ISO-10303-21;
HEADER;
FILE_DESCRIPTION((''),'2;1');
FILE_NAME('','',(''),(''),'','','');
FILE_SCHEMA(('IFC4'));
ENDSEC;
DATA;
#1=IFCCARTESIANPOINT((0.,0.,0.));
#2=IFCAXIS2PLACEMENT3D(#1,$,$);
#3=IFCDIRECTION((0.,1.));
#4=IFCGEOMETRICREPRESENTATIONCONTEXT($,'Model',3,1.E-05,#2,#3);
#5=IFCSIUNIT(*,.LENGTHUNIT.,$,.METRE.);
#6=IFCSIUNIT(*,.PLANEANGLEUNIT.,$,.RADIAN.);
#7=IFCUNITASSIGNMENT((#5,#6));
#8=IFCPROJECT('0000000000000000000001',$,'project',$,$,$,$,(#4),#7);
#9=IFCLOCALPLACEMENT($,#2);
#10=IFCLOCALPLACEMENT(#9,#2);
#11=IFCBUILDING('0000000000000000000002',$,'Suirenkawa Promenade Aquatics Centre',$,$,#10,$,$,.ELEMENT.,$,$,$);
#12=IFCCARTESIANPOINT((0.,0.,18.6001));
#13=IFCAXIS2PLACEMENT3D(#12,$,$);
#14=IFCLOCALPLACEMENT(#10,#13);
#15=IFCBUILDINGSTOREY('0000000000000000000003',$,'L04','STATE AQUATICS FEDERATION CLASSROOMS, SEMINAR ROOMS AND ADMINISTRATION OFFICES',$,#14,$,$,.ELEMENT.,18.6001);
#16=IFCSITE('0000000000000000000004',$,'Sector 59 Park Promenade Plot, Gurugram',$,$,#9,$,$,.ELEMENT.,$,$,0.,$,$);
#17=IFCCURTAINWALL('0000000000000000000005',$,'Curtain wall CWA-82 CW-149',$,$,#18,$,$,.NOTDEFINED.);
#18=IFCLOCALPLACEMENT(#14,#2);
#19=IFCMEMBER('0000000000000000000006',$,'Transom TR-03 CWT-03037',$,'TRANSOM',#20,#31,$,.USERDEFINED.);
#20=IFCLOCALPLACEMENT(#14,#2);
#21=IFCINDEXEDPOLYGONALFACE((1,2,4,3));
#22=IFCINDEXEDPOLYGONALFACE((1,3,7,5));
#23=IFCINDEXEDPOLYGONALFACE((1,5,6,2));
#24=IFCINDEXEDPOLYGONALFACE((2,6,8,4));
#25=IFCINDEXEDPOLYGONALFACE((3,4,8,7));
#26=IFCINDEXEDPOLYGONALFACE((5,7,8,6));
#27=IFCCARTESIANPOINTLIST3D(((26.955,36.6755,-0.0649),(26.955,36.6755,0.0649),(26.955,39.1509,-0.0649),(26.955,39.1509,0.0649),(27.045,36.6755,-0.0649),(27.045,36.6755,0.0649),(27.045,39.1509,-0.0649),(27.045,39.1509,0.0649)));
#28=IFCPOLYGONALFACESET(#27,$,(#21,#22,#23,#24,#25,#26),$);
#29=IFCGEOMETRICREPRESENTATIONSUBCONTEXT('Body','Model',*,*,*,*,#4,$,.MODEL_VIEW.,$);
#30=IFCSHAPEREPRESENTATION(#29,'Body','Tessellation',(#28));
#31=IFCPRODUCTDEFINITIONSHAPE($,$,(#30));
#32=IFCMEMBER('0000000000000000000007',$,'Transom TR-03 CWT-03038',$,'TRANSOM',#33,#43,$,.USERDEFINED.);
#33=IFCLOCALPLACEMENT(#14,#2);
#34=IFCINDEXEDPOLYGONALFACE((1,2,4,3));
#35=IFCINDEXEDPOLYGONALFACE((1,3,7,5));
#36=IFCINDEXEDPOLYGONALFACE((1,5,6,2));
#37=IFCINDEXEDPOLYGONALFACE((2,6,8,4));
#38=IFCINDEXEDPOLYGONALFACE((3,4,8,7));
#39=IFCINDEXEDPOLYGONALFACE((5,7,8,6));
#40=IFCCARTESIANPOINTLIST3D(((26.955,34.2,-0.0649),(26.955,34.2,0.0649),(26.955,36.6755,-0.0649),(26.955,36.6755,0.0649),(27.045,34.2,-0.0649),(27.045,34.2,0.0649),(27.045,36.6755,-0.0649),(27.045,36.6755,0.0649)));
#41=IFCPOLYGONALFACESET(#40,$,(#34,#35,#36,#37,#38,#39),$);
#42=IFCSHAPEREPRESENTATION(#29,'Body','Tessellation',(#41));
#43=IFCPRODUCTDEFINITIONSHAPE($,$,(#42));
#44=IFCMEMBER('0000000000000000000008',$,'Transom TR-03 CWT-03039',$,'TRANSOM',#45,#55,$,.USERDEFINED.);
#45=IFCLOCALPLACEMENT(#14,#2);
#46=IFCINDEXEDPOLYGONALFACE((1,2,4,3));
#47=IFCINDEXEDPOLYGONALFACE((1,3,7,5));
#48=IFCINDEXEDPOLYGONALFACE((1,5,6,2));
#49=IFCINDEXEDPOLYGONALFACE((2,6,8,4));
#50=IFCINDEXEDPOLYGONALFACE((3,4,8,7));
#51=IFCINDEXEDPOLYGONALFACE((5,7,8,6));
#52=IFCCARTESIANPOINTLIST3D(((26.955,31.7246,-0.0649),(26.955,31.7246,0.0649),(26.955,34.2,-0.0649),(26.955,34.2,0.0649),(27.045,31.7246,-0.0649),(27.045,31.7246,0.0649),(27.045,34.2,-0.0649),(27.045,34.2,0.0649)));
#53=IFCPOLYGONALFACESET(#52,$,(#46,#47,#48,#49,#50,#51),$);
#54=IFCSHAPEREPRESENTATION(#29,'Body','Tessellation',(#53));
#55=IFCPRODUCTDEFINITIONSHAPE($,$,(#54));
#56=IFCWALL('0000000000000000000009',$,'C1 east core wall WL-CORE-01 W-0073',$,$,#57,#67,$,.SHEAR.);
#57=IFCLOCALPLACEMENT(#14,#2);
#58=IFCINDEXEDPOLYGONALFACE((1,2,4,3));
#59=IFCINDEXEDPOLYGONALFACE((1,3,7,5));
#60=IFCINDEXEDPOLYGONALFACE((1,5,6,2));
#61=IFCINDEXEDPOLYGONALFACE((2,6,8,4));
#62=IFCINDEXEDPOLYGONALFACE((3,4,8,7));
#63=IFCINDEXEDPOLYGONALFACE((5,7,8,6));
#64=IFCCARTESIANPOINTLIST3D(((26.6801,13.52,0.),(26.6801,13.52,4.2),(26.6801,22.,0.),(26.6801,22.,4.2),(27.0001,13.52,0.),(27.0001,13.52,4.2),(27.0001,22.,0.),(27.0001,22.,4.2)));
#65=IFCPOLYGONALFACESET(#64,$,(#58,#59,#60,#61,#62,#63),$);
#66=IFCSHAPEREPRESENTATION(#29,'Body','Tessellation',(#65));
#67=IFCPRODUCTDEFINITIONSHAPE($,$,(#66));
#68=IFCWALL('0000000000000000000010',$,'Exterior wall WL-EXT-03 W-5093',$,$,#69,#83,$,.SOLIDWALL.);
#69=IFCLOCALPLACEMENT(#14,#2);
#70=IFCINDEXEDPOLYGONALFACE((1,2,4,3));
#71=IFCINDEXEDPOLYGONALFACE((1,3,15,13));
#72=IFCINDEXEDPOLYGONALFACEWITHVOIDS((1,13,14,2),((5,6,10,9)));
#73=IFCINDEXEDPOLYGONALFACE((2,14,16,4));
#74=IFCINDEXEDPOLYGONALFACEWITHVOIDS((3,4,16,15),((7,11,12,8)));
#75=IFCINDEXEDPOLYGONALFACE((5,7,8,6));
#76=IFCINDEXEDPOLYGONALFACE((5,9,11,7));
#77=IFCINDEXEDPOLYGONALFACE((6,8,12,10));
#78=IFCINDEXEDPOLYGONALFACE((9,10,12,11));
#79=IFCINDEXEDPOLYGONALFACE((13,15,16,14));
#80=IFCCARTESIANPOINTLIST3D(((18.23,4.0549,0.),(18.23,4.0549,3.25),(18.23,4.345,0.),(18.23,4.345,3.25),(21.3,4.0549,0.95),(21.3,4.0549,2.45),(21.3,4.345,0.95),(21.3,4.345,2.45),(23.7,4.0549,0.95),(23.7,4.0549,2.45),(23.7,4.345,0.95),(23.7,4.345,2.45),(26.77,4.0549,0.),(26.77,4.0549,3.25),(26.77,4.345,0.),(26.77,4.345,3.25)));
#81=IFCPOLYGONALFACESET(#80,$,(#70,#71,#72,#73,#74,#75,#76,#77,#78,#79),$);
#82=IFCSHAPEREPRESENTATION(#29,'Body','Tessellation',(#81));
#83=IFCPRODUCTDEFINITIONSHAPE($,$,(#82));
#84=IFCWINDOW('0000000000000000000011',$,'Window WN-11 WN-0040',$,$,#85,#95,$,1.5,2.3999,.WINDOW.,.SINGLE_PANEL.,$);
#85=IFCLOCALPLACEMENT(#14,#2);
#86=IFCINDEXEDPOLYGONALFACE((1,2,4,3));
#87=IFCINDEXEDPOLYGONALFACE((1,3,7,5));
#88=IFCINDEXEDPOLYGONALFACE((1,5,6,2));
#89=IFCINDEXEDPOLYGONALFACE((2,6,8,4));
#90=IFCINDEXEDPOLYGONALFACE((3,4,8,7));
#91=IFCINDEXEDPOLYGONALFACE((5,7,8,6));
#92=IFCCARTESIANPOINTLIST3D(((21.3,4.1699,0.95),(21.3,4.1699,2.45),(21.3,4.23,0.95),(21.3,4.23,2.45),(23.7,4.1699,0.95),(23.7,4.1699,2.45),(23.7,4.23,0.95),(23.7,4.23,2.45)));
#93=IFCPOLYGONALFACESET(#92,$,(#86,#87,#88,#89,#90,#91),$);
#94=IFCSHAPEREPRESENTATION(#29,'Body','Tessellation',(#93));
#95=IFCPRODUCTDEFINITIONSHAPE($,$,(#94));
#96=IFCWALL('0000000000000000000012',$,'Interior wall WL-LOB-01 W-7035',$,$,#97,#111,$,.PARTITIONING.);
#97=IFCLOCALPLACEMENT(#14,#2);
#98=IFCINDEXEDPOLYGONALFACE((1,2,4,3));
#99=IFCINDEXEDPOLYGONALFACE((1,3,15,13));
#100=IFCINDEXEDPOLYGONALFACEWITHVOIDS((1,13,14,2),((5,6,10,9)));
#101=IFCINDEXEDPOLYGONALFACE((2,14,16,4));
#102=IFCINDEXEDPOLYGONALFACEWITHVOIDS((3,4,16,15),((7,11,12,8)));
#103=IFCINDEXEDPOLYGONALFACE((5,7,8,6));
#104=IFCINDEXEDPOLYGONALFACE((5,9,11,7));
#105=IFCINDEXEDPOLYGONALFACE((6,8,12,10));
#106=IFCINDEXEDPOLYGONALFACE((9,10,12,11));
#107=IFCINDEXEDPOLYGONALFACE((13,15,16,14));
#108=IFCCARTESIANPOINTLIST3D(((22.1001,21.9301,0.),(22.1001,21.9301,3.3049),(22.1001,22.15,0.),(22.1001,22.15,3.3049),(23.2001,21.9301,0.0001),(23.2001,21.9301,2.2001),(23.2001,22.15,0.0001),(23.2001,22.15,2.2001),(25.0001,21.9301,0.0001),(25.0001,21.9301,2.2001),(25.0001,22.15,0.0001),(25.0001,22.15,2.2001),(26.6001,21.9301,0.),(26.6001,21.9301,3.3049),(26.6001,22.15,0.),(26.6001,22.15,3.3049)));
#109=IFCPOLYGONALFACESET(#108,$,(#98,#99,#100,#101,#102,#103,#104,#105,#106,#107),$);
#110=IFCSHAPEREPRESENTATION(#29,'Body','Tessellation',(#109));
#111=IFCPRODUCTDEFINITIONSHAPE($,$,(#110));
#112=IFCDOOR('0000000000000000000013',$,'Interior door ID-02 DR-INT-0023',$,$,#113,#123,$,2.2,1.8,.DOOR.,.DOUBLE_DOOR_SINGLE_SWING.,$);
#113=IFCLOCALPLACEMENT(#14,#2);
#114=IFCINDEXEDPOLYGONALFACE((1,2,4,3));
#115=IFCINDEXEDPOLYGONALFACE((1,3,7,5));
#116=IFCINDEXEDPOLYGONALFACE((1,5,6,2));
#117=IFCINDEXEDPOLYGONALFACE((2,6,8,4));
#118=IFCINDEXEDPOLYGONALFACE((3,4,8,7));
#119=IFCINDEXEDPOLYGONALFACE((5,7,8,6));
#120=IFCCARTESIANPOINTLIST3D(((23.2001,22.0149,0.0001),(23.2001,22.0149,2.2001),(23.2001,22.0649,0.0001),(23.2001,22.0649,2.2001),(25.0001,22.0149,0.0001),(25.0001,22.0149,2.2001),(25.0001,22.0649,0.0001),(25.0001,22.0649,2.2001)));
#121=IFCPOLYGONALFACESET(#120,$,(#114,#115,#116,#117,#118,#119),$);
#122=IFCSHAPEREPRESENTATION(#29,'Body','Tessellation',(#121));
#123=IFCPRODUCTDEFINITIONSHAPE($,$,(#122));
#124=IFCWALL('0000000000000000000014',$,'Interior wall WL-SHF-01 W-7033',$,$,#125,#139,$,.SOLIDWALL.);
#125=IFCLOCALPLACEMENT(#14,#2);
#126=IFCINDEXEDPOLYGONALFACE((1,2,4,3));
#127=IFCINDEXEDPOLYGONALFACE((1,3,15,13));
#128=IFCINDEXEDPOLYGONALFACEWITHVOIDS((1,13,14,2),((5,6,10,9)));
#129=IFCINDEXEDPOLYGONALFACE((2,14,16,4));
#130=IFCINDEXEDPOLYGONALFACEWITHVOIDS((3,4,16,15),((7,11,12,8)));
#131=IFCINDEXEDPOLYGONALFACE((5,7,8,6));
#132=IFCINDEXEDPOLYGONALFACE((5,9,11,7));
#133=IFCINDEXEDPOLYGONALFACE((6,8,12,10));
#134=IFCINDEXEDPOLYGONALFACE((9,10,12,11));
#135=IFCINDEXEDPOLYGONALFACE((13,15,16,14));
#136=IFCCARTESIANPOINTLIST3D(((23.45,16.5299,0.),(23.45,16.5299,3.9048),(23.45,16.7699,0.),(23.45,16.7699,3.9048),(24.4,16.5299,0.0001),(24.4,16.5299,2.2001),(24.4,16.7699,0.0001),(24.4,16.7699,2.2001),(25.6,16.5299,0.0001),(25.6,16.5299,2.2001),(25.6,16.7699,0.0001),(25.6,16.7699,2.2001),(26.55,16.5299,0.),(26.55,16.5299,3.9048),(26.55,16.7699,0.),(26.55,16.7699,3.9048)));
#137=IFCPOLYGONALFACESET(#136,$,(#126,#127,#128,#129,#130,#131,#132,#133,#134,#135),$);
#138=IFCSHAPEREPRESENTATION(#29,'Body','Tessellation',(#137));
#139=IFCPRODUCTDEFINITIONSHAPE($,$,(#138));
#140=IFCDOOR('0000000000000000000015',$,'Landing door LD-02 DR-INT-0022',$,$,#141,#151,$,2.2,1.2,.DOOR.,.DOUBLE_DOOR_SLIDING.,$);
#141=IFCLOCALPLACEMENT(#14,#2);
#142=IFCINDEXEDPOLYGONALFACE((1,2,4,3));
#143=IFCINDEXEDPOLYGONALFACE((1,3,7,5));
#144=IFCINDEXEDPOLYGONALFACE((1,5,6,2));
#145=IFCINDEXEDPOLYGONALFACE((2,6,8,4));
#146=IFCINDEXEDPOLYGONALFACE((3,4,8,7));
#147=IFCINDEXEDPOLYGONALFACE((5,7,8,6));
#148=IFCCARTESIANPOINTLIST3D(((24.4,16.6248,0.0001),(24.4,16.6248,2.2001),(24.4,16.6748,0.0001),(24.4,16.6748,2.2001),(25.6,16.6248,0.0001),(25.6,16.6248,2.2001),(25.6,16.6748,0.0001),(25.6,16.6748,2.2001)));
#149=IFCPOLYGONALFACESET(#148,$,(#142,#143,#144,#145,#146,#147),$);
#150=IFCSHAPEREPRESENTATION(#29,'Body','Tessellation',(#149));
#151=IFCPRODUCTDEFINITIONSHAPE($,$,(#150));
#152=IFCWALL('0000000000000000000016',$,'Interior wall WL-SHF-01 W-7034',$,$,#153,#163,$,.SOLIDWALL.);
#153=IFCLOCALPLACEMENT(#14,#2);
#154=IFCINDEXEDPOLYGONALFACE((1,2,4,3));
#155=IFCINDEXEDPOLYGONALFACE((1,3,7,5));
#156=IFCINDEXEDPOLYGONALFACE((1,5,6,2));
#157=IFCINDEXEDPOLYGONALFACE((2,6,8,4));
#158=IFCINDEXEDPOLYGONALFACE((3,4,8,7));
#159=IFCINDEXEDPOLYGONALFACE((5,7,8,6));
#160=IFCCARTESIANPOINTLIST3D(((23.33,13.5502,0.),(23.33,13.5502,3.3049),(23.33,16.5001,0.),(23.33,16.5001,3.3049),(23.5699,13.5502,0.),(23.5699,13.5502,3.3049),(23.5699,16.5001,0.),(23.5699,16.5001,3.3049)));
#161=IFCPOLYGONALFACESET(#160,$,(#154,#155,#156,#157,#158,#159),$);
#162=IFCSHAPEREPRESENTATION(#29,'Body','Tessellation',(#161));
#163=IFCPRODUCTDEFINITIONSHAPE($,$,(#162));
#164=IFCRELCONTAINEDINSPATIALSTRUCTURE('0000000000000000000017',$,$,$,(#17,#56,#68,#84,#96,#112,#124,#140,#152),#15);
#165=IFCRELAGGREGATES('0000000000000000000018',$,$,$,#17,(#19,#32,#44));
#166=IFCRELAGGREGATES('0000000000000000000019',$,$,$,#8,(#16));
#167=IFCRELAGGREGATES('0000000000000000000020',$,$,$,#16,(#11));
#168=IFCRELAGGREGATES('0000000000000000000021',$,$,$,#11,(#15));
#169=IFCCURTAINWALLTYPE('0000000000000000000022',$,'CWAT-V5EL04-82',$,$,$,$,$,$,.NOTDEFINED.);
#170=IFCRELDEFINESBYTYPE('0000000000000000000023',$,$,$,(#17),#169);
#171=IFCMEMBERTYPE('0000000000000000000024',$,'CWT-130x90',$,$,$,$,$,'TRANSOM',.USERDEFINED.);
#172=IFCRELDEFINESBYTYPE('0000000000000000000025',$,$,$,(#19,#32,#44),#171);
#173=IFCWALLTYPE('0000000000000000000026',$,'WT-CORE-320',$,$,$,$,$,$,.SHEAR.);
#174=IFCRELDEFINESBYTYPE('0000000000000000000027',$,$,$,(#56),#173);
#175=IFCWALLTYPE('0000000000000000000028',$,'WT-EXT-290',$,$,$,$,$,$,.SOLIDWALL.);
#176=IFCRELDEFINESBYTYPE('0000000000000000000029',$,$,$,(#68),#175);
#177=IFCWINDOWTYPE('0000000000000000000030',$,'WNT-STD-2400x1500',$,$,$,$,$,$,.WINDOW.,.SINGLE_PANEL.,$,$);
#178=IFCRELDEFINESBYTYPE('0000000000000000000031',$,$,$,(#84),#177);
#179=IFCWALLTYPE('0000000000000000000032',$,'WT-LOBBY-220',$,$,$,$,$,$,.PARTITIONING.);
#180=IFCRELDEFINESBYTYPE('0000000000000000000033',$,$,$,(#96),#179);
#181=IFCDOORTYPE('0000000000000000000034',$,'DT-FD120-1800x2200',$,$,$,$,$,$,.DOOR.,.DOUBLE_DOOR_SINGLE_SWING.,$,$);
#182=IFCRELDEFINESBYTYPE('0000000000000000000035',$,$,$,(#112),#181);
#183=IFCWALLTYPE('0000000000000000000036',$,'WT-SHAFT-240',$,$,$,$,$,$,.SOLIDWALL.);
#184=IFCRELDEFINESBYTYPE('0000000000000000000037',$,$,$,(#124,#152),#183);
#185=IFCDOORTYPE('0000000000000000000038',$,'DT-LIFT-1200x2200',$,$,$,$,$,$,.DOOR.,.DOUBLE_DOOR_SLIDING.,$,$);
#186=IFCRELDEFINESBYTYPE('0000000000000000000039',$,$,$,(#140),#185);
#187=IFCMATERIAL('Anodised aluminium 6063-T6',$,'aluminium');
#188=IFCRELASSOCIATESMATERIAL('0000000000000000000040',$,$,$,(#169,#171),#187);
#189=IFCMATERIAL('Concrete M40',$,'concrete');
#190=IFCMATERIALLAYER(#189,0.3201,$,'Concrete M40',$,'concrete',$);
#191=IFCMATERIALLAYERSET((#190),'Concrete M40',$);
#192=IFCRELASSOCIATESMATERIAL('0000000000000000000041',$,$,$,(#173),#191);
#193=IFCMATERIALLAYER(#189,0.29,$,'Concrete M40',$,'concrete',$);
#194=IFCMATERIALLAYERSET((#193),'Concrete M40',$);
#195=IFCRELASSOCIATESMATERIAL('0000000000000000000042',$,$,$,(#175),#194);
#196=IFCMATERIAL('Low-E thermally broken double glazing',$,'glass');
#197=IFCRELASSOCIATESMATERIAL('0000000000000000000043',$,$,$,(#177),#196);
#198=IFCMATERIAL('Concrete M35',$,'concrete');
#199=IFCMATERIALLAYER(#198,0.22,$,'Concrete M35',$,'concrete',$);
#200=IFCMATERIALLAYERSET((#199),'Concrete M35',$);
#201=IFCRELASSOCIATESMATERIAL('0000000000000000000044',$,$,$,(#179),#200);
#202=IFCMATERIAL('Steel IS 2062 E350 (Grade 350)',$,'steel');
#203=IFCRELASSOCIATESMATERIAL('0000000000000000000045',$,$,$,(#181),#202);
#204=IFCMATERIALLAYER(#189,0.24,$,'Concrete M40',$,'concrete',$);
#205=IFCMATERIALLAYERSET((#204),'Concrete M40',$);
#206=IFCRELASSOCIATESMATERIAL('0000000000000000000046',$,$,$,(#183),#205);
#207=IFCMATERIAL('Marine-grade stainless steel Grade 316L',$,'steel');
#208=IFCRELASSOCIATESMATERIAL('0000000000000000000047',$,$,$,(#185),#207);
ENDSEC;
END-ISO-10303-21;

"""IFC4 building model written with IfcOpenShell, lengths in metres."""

from ifc_helpers import new_model, si_unit, direction, frame, frame_2d, origin, origin_2d, place, context, subcontext, project, spatial, rectangle, extrude, material, layer, layer_set, material_profile, profile_set, type_object, element, fill, aggregate, save


model = new_model("IFC4")

# Units and contexts
model_context = context("Model", 3, precision=1e-05, world=origin(), true_north=direction((0.0, 1.0)))
body_context = subcontext(model_context, "Body", "Model", "MODEL_VIEW")
ifc_project = project(units=[si_unit("LENGTHUNIT", "METRE"), si_unit("PLANEANGLEUNIT", "RADIAN")], contexts=[model_context])

# Site, building, storey
site_placement = place(None, origin())
site = spatial("IfcSite", under=ifc_project, at=site_placement, Name="Sector 59 Park Promenade Plot, Gurugram", CompositionType="ELEMENT", RefElevation=0.0)
building_placement = place(site_placement, origin())
building = spatial("IfcBuilding", under=site, at=building_placement, Name="Suirenkawa Promenade Aquatics Centre", CompositionType="ELEMENT")
storey_placement = place(building_placement, frame((0.0, 0.0, 18.6001)))
storey = spatial("IfcBuildingStorey", under=building, at=storey_placement, Name="L04", Description="STATE AQUATICS FEDERATION CLASSROOMS, SEMINAR ROOMS AND ADMINISTRATION OFFICES", CompositionType="ELEMENT", Elevation=18.6001)

# Shared definitions
ifc_material_1 = material(Name="Concrete M40", Category="concrete")

# Curtain wall, members
ifc_material_2 = material(Name="Anodised aluminium 6063-T6", Category="aluminium")
curtain_wall_type = type_object("IfcCurtainWallType", Name="CWAT-V5EL04-82", PredefinedType="NOTDEFINED", material=ifc_material_2)
curtain_wall_placement = place(storey_placement, origin())
curtain_wall = element("IfcCurtainWall", 1, at=curtain_wall_placement, inside=storey, type_object=curtain_wall_type, Name="Curtain wall CWA-82 CW-149", PredefinedType="NOTDEFINED")
ifc_material_profile_1 = material_profile(ifc_material_2, rectangle(XDim=0.0901, YDim=0.1299, at=origin_2d()), Name="ALU TRAN 90x130", Category="aluminium")
ifc_profile_set_1 = profile_set([ifc_material_profile_1], Name="Anodised aluminium 6063-T6")
member_type_1 = type_object("IfcMemberType", Name="CWT-130x90", ElementType="TRANSOM", PredefinedType="USERDEFINED", material=ifc_profile_set_1)
member_1_placement = place(storey_placement, frame((27.0, 39.1509, 0.0), z_axis=(0.0, -1.0, 0.0), x_axis=(1.0, 0.0, 0.0)))
member_1 = element("IfcMember", 2, at=member_1_placement, type_object=member_type_1, Name="Transom TR-03 CWT-03037", ObjectType="TRANSOM", PredefinedType="USERDEFINED", context=body_context, shape_type="SweptSolid", body=[
    extrude(rectangle(XDim=0.0901, YDim=0.1299, at=origin_2d()), origin(), (0.0, 0.0, 1.0), 2.4753),
])
member_2_placement = place(storey_placement, frame((27.0, 36.6755, 0.0), z_axis=(0.0, -1.0, 0.0), x_axis=(1.0, 0.0, 0.0)))
member_2 = element("IfcMember", 3, at=member_2_placement, type_object=member_type_1, Name="Transom TR-03 CWT-03038", ObjectType="TRANSOM", PredefinedType="USERDEFINED", context=body_context, shape_type="SweptSolid", body=[
    extrude(rectangle(XDim=0.0901, YDim=0.1299, at=origin_2d()), origin(), (0.0, 0.0, 1.0), 2.4756),
])
member_3_placement = place(storey_placement, frame((27.0, 34.2, 0.0), z_axis=(0.0, -1.0, 0.0), x_axis=(1.0, 0.0, 0.0)))
member_3 = element("IfcMember", 4, at=member_3_placement, type_object=member_type_1, Name="Transom TR-03 CWT-03039", ObjectType="TRANSOM", PredefinedType="USERDEFINED", context=body_context, shape_type="SweptSolid", body=[
    extrude(rectangle(XDim=0.0901, YDim=0.1299, at=origin_2d()), origin(), (0.0, 0.0, 1.0), 2.4753),
])
aggregate(curtain_wall, [member_1, member_2, member_3])

# Wall
ifc_layer_1 = layer(ifc_material_1, 0.3201, Name="Concrete M40", Category="concrete")
ifc_layer_set_1 = layer_set([ifc_layer_1], Name="Concrete M40")
wall_type_1 = type_object("IfcWallType", Name="WT-CORE-320", PredefinedType="SHEAR", material=ifc_layer_set_1)
wall_1_placement = place(storey_placement, frame((26.8401, 13.52, 0.0), z_axis=(0.0, 0.0, 1.0), x_axis=(0.0, 1.0, 0.0)))
element("IfcWall", 5, at=wall_1_placement, inside=storey, type_object=wall_type_1, Name="C1 east core wall WL-CORE-01 W-0073", PredefinedType="SHEAR", context=body_context, shape_type="SweptSolid", body=[
    extrude(rectangle(XDim=8.48, YDim=0.3201, at=frame_2d((4.24, 0.0))), origin(), (0.0, 0.0, 1.0), 4.2),
])

# Wall, opening, window
ifc_layer_2 = layer(ifc_material_1, 0.29, Name="Concrete M40", Category="concrete")
ifc_layer_set_2 = layer_set([ifc_layer_2], Name="Concrete M40")
wall_type_2 = type_object("IfcWallType", Name="WT-EXT-290", PredefinedType="SOLIDWALL", material=ifc_layer_set_2)
wall_2_placement = place(storey_placement, frame((26.77, 4.2, 0.0), z_axis=(0.0, 0.0, 1.0), x_axis=(-1.0, 0.0, 0.0)))
wall_2 = element("IfcWall", 6, at=wall_2_placement, inside=storey, type_object=wall_type_2, Name="Exterior wall WL-EXT-03 W-5093", PredefinedType="SOLIDWALL", context=body_context, shape_type="SweptSolid", body=[
    extrude(rectangle(XDim=8.54, YDim=0.29, at=frame_2d((4.27, 0.0))), origin(), (0.0, 0.0, 1.0), 3.25),
])
opening_1_placement = place(wall_2_placement, frame((3.0701, 0.0, 0.95)))
opening_1 = element("IfcOpeningElement", 7, at=opening_1_placement, cuts=wall_2, PredefinedType="OPENING", context=body_context, shape_type="SweptSolid", body=[
    extrude(rectangle(XDim=2.3999, YDim=1.5, at=frame_2d((1.2, 0.75))), frame((0.0, 0.155, 0.0), z_axis=(0.0, -1.0, 0.0), x_axis=(1.0, 0.0, 0.0)), (0.0, 0.0, 1.0), 0.3101),
])
ifc_material_3 = material(Name="Low-E thermally broken double glazing", Category="glass")
window_type = type_object("IfcWindowType", Name="WNT-STD-2400x1500", PartitioningType="SINGLE_PANEL", PredefinedType="WINDOW", material=ifc_material_3)
window_placement = place(opening_1_placement, origin())
window = element("IfcWindow", 8, at=window_placement, inside=storey, type_object=window_type, Name="Window WN-11 WN-0040", OverallHeight=1.5, OverallWidth=2.3999, PartitioningType="SINGLE_PANEL", PredefinedType="WINDOW", context=body_context, shape_type="SweptSolid", body=[
    extrude(rectangle(XDim=2.3999, YDim=1.5, at=frame_2d((1.2, 0.75))), frame((0.0, 0.03, 0.0), z_axis=(0.0, -1.0, 0.0), x_axis=(1.0, 0.0, 0.0)), (0.0, 0.0, 1.0), 0.0601),
])
fill(opening_1, window)

# Walls, openings, doors
ifc_material_4 = material(Name="Concrete M35", Category="concrete")
ifc_layer_3 = layer(ifc_material_4, 0.22, Name="Concrete M35", Category="concrete")
ifc_layer_set_3 = layer_set([ifc_layer_3], Name="Concrete M35")
wall_type_3 = type_object("IfcWallType", Name="WT-LOBBY-220", PredefinedType="PARTITIONING", material=ifc_layer_set_3)
wall_3_placement = place(storey_placement, frame((22.1001, 22.04, 0.0), z_axis=(0.0, 0.0, 1.0), x_axis=(1.0, 0.0, 0.0)))
wall_3 = element("IfcWall", 9, at=wall_3_placement, inside=storey, type_object=wall_type_3, Name="Interior wall WL-LOB-01 W-7035", PredefinedType="PARTITIONING", context=body_context, shape_type="SweptSolid", body=[
    extrude(rectangle(XDim=4.5, YDim=0.22, at=frame_2d((2.25, 0.0))), origin(), (0.0, 0.0, 1.0), 3.3049),
])
opening_2_placement = place(wall_3_placement, frame((1.1001, 0.0, 0.0)))
opening_2 = element("IfcOpeningElement", 10, at=opening_2_placement, cuts=wall_3, PredefinedType="OPENING", context=body_context, shape_type="SweptSolid", body=[
    extrude(rectangle(XDim=1.8, YDim=2.2, at=frame_2d((0.8999, 1.1001))), frame((0.0, 0.1199, 0.0), z_axis=(0.0, -1.0, 0.0), x_axis=(1.0, 0.0, 0.0)), (0.0, 0.0, 1.0), 0.24),
])
ifc_material_5 = material(Name="Steel IS 2062 E350 (Grade 350)", Category="steel")
door_type_1 = type_object("IfcDoorType", Name="DT-FD120-1800x2200", OperationType="DOUBLE_DOOR_SINGLE_SWING", PredefinedType="DOOR", material=ifc_material_5)
door_1_placement = place(opening_2_placement, origin())
door_1 = element("IfcDoor", 11, at=door_1_placement, inside=storey, type_object=door_type_1, Name="Interior door ID-02 DR-INT-0023", OperationType="DOUBLE_DOOR_SINGLE_SWING", OverallHeight=2.2, OverallWidth=1.8, PredefinedType="DOOR", context=body_context, shape_type="SweptSolid", body=[
    extrude(rectangle(XDim=1.8, YDim=2.2, at=frame_2d((0.8999, 1.1001))), frame((0.0, 0.0249, 0.0), z_axis=(0.0, -1.0, 0.0), x_axis=(1.0, 0.0, 0.0)), (0.0, 0.0, 1.0), 0.05),
])
fill(opening_2, door_1)
ifc_layer_4 = layer(ifc_material_1, 0.24, Name="Concrete M40", Category="concrete")
ifc_layer_set_4 = layer_set([ifc_layer_4], Name="Concrete M40")
wall_type_4 = type_object("IfcWallType", Name="WT-SHAFT-240", PredefinedType="SOLIDWALL", material=ifc_layer_set_4)
wall_4_placement = place(storey_placement, frame((23.45, 16.6499, 0.0), z_axis=(0.0, 0.0, 1.0), x_axis=(1.0, 0.0, 0.0)))
wall_4 = element("IfcWall", 12, at=wall_4_placement, inside=storey, type_object=wall_type_4, Name="Interior wall WL-SHF-01 W-7033", PredefinedType="SOLIDWALL", context=body_context, shape_type="SweptSolid", body=[
    extrude(rectangle(XDim=3.1001, YDim=0.24, at=frame_2d((1.55, 0.0))), origin(), (0.0, 0.0, 1.0), 3.9048),
])
opening_3_placement = place(wall_4_placement, frame((0.95, 0.0, 0.0)))
opening_3 = element("IfcOpeningElement", 13, at=opening_3_placement, cuts=wall_4, PredefinedType="OPENING", context=body_context, shape_type="SweptSolid", body=[
    extrude(rectangle(XDim=1.2, YDim=2.2, at=frame_2d((0.6001, 1.1001))), frame((0.0, 0.1299, 0.0), z_axis=(0.0, -1.0, 0.0), x_axis=(1.0, 0.0, 0.0)), (0.0, 0.0, 1.0), 0.26),
])
ifc_material_6 = material(Name="Marine-grade stainless steel Grade 316L", Category="steel")
door_type_2 = type_object("IfcDoorType", Name="DT-LIFT-1200x2200", OperationType="DOUBLE_DOOR_SLIDING", PredefinedType="DOOR", material=ifc_material_6)
door_2_placement = place(opening_3_placement, origin())
door_2 = element("IfcDoor", 14, at=door_2_placement, inside=storey, type_object=door_type_2, Name="Landing door LD-02 DR-INT-0022", OperationType="DOUBLE_DOOR_SLIDING", OverallHeight=2.2, OverallWidth=1.2, PredefinedType="DOOR", context=body_context, shape_type="SweptSolid", body=[
    extrude(rectangle(XDim=1.2, YDim=2.2, at=frame_2d((0.6001, 1.1001))), frame((0.0, 0.0249, 0.0), z_axis=(0.0, -1.0, 0.0), x_axis=(1.0, 0.0, 0.0)), (0.0, 0.0, 1.0), 0.05),
])
fill(opening_3, door_2)

# Wall
wall_5_placement = place(storey_placement, frame((23.45, 13.55, 0.0), z_axis=(0.0, 0.0, 1.0), x_axis=(0.0, 1.0, 0.0)))
element("IfcWall", 15, at=wall_5_placement, inside=storey, type_object=wall_type_4, Name="Interior wall WL-SHF-01 W-7034", PredefinedType="SOLIDWALL", context=body_context, shape_type="SweptSolid", body=[
    extrude(rectangle(XDim=2.95, YDim=0.24, at=frame_2d((1.4751, 0.0))), origin(), (0.0, 0.0, 1.0), 3.3049),
])

save(model, "model.ifc")
